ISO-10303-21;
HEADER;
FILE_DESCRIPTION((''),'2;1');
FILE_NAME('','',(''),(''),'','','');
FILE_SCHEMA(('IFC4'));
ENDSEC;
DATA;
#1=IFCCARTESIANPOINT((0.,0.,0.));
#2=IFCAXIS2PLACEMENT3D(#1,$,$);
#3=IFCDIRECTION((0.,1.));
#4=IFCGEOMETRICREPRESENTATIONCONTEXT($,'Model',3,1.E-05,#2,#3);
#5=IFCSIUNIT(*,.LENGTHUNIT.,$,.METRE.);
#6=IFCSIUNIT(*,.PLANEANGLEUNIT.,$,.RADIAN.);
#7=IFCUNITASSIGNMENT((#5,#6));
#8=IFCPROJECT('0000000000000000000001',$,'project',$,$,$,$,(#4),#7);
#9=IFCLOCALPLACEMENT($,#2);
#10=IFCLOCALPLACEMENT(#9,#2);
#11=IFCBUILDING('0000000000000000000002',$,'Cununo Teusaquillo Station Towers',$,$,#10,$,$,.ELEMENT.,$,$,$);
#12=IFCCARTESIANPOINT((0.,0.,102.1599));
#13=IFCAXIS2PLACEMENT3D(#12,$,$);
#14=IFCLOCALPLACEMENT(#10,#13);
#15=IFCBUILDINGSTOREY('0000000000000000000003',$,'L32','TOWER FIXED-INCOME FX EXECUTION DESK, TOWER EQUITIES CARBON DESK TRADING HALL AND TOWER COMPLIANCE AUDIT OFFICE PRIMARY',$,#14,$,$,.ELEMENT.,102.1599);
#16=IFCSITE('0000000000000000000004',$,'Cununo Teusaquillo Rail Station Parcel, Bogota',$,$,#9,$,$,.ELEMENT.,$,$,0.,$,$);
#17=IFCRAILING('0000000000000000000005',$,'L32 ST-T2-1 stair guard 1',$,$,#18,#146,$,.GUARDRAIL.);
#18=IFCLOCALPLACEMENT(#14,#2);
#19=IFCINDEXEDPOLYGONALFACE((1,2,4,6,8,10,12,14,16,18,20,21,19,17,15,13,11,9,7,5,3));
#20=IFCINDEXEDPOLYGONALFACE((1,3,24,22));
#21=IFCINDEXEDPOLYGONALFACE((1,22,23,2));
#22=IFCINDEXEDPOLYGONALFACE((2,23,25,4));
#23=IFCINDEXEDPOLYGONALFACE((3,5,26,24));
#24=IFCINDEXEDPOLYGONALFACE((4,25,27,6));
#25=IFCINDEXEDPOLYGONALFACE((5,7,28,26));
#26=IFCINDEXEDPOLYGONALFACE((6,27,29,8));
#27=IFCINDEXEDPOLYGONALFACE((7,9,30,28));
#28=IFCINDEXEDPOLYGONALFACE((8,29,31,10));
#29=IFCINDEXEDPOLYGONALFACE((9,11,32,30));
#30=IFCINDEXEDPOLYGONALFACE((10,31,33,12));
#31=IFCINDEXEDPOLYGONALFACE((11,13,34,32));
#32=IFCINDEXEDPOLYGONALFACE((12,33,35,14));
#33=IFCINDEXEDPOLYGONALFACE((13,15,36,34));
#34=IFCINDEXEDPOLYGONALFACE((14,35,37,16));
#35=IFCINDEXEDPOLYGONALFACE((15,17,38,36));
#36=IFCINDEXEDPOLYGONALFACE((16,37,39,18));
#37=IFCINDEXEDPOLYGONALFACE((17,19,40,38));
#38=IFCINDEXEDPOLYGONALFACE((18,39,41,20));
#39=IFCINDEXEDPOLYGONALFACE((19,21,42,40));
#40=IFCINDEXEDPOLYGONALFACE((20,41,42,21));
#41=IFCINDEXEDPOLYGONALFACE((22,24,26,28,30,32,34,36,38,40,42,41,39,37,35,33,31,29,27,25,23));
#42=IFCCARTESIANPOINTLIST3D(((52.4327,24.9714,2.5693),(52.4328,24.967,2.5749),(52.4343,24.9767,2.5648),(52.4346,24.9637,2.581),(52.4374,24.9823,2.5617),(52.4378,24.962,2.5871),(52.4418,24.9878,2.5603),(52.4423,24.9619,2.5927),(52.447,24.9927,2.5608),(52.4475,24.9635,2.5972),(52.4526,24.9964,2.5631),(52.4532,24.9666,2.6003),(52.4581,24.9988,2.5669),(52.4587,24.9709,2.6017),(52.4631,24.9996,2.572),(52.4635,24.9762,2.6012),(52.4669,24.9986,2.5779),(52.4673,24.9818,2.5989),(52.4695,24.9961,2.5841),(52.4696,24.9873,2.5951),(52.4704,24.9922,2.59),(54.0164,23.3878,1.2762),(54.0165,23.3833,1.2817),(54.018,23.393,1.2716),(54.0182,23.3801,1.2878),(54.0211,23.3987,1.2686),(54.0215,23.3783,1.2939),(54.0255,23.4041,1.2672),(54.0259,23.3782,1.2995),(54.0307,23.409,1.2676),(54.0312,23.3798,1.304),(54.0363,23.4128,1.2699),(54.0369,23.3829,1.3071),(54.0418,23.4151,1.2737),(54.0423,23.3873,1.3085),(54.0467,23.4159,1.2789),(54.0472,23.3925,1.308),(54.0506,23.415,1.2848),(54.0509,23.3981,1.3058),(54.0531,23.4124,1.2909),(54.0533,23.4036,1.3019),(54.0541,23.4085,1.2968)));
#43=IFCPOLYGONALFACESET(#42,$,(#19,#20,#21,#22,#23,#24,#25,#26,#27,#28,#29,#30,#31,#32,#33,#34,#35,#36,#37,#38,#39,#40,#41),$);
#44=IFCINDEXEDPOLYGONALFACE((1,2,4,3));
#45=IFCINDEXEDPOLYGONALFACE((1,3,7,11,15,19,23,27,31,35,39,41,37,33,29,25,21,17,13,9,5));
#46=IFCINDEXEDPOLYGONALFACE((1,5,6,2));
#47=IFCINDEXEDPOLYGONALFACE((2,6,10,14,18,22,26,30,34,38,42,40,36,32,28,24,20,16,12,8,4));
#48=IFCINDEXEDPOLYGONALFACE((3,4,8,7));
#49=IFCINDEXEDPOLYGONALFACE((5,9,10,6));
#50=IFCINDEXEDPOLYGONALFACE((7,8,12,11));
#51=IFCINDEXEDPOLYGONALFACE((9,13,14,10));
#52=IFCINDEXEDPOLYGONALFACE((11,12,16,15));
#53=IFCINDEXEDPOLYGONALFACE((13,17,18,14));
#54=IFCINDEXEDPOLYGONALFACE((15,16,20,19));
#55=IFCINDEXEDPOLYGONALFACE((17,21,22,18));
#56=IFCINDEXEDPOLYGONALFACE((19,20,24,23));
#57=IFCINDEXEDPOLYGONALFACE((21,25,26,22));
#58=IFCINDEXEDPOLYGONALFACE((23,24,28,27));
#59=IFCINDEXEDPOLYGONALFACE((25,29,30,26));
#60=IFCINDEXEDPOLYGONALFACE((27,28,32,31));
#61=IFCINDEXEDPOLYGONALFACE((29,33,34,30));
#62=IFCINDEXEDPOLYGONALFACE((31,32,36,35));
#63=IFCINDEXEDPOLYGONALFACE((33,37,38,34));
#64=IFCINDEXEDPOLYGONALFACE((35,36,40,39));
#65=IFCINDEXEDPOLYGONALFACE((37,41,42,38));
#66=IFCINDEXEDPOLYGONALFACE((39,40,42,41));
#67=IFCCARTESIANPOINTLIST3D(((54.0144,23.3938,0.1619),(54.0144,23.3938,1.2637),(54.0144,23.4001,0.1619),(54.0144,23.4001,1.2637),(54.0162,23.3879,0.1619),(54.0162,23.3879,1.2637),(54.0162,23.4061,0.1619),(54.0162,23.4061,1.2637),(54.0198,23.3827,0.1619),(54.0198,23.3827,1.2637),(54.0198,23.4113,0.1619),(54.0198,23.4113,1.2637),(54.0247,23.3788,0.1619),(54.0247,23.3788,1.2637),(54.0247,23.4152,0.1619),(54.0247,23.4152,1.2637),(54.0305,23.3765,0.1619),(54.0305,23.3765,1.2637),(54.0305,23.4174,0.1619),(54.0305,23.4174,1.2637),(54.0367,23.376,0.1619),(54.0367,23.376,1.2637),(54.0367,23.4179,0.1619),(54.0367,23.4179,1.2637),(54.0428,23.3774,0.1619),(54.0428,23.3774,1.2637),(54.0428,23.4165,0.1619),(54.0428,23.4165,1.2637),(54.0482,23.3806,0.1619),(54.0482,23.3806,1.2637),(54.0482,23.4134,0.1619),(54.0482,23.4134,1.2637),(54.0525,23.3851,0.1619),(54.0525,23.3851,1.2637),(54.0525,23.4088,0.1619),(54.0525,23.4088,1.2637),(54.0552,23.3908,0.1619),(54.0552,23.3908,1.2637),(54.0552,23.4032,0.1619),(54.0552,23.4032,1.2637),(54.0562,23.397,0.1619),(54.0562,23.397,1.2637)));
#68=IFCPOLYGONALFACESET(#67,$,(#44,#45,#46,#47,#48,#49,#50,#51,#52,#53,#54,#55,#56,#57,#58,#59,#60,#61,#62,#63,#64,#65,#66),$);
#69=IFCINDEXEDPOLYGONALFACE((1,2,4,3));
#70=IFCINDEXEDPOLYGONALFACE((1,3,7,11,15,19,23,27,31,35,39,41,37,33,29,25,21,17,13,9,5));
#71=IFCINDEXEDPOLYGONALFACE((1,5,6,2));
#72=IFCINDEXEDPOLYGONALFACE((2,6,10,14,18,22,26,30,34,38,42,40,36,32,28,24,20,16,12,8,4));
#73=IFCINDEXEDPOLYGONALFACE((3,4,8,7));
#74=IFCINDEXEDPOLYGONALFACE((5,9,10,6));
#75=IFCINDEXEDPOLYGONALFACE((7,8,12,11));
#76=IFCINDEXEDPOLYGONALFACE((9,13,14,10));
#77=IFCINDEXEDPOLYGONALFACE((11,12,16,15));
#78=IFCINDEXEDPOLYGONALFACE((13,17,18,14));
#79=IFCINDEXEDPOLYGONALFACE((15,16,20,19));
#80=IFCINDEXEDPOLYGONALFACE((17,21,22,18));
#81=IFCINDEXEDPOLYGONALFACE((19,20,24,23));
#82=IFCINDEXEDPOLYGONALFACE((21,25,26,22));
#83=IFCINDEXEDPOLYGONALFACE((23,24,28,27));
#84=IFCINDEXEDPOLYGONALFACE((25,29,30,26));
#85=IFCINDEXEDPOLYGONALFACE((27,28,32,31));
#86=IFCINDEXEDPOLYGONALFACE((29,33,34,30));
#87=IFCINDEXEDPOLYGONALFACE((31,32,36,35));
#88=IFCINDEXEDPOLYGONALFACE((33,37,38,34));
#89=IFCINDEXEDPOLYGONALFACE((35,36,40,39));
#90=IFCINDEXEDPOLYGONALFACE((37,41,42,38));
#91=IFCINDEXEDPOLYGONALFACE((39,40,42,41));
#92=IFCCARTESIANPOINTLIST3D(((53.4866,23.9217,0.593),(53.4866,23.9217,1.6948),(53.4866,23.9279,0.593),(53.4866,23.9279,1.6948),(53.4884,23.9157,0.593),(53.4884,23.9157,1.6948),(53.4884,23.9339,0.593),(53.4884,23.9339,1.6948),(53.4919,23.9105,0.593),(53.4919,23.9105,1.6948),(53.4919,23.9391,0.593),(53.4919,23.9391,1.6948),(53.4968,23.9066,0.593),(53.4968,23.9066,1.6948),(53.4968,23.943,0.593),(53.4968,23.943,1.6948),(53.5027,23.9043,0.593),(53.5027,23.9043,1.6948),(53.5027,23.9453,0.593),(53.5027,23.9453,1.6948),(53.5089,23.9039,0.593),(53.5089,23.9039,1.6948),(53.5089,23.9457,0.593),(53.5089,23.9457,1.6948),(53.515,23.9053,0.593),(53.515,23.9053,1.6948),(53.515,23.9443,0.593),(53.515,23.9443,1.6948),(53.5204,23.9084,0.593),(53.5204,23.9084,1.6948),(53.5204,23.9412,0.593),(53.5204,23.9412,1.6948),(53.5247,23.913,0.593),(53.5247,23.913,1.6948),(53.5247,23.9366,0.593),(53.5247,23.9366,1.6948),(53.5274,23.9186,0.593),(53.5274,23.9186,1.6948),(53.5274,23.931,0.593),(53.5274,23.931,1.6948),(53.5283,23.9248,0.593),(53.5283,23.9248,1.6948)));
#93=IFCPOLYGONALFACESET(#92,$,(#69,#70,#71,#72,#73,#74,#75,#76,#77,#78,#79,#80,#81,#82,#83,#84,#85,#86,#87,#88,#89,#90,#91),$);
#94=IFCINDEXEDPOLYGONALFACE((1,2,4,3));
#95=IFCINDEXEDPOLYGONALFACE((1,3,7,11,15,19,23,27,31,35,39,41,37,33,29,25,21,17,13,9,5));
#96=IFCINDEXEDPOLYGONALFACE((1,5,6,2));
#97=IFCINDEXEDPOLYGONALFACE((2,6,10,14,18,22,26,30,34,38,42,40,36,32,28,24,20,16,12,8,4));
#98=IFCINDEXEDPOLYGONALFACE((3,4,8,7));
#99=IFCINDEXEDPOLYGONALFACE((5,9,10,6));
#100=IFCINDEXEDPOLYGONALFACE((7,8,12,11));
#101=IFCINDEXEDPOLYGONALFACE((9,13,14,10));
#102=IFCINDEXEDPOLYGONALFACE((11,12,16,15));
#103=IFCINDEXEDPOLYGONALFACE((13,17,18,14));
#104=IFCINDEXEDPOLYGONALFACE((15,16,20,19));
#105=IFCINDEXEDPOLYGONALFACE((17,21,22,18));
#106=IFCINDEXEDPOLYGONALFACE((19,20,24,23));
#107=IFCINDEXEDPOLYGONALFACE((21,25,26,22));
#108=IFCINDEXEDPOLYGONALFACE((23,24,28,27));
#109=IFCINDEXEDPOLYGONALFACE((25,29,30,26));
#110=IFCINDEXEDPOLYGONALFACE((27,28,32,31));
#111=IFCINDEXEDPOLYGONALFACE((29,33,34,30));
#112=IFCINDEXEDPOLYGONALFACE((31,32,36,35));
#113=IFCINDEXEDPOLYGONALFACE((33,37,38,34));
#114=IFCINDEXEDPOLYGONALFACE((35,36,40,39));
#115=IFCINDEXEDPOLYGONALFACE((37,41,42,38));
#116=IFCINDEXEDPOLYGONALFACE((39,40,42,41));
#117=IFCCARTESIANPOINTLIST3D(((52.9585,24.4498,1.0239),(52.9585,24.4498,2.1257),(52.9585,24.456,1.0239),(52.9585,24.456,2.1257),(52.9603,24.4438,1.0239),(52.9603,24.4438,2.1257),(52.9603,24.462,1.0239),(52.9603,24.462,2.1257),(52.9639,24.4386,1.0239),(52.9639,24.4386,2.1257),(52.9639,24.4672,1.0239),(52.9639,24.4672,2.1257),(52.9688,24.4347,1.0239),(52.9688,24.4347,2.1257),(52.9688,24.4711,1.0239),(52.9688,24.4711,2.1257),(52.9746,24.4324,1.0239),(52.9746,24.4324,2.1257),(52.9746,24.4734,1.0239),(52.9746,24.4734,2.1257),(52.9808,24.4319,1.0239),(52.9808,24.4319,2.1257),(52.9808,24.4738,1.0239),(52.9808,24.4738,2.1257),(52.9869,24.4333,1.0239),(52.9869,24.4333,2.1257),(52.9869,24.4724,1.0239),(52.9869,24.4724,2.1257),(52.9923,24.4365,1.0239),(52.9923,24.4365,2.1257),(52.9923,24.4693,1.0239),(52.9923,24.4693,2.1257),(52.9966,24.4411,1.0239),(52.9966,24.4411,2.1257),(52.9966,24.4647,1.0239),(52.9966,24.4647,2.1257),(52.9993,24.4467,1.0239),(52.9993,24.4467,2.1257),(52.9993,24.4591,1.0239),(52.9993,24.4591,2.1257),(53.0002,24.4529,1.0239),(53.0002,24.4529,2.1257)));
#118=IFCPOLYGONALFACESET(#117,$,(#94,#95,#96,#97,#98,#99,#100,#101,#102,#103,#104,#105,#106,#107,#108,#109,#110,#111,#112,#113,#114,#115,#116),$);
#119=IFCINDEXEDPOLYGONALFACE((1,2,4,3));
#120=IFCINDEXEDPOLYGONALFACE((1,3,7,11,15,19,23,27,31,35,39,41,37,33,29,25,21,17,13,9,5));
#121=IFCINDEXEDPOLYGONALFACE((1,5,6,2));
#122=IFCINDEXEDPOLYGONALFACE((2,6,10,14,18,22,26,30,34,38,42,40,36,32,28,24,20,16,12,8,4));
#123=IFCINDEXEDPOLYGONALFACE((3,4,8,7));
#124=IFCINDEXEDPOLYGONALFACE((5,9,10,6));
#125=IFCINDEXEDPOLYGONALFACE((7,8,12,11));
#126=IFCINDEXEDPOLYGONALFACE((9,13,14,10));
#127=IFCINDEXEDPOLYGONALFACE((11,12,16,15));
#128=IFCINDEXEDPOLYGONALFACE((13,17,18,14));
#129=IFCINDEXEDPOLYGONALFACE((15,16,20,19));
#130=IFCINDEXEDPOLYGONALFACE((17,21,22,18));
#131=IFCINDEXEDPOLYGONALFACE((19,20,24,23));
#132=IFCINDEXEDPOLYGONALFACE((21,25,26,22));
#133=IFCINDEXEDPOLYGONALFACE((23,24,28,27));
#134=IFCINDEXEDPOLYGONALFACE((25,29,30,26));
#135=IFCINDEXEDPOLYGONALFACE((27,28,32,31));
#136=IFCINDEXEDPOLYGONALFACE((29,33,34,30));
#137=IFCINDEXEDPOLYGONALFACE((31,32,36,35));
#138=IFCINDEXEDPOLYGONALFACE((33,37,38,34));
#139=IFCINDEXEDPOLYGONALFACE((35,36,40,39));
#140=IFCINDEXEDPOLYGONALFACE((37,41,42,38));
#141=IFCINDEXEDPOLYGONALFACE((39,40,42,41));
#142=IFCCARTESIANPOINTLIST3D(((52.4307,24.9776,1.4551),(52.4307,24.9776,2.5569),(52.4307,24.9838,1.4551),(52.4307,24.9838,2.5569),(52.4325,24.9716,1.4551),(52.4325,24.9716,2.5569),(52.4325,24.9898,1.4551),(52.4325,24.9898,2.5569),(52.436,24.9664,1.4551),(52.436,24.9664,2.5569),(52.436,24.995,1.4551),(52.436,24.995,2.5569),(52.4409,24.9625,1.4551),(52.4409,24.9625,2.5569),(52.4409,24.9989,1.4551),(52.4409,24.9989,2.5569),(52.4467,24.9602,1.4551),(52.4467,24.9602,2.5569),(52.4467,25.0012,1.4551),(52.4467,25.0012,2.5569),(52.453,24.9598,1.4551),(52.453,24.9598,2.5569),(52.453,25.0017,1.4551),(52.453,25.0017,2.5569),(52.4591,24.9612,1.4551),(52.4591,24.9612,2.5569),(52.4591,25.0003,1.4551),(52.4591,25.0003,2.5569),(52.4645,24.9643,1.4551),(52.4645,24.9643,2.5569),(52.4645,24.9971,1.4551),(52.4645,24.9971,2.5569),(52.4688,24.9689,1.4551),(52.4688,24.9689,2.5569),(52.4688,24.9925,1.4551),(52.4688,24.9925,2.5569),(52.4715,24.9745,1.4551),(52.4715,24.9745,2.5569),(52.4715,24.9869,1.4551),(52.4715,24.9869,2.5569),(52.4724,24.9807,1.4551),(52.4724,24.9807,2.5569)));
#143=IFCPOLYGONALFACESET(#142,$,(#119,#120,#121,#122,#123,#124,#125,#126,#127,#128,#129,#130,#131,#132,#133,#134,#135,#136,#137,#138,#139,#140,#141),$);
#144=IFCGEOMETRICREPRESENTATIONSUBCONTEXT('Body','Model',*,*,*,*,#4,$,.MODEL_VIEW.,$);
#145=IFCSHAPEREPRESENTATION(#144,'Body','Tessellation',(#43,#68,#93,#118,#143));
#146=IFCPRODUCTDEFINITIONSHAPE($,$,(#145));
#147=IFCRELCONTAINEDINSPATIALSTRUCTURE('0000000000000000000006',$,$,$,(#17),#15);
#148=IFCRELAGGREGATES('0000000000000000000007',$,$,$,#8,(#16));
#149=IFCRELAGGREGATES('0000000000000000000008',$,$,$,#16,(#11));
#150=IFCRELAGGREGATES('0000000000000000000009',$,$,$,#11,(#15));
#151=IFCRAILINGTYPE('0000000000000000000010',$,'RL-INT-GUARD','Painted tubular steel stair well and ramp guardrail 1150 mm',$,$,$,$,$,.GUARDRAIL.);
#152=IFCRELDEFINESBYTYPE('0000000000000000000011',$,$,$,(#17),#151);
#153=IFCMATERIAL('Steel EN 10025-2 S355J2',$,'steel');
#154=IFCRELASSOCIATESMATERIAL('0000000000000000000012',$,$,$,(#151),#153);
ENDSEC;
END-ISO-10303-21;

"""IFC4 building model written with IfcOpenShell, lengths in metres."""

from ifc_helpers import new_model, si_unit, direction, frame, origin, origin_2d, place, context, subcontext, project, spatial, circle, extrude, material, type_object, element, save


model = new_model("IFC4")

# Units and contexts
model_context = context("Model", 3, precision=1e-05, world=origin(), true_north=direction((0.0, 1.0)))
body_context = subcontext(model_context, "Body", "Model", "MODEL_VIEW")
ifc_project = project(units=[si_unit("LENGTHUNIT", "METRE"), si_unit("PLANEANGLEUNIT", "RADIAN")], contexts=[model_context])

# Site, building, storey
site_placement = place(None, origin())
site = spatial("IfcSite", under=ifc_project, at=site_placement, Name="Cununo Teusaquillo Rail Station Parcel, Bogota", CompositionType="ELEMENT", RefElevation=0.0)
building_placement = place(site_placement, origin())
building = spatial("IfcBuilding", under=site, at=building_placement, Name="Cununo Teusaquillo Station Towers", CompositionType="ELEMENT")
storey_placement = place(building_placement, frame((0.0, 0.0, 102.1599)))
storey = spatial("IfcBuildingStorey", under=building, at=storey_placement, Name="L32", Description="TOWER FIXED-INCOME FX EXECUTION DESK, TOWER EQUITIES CARBON DESK TRADING HALL AND TOWER COMPLIANCE AUDIT OFFICE PRIMARY", CompositionType="ELEMENT", Elevation=102.1599)

# Railing
ifc_material_1 = material(Name="Steel EN 10025-2 S355J2", Category="steel")
railing_type_1 = type_object("IfcRailingType", Name="RL-INT-GUARD", Description="Painted tubular steel stair well and ramp guardrail 1150 mm", PredefinedType="GUARDRAIL", material=ifc_material_1)
railing_1_placement = place(storey_placement, frame((54.0352, 23.397, 0.1619)))
element("IfcRailing", 1, at=railing_1_placement, inside=storey, type_object=railing_type_1, Name="L32 ST-T2-1 stair guard 1", PredefinedType="GUARDRAIL", context=body_context, shape_type="SweptSolid", body=[
    extrude(circle(Radius=0.0239, at=origin_2d()), frame((0.0, 0.0, 1.126), z_axis=(-0.612361, 0.612361, 0.500027), x_axis=(-0.707107, -0.707107, 0.0)), (0.0, 0.0, 1.0), 2.5862),
    extrude(circle(Radius=0.021, at=origin_2d()), origin(), (0.0, 0.0, 1.0), 1.1018),
    extrude(circle(Radius=0.021, at=origin_2d()), frame((-0.5278, 0.5278, 0.4312)), (0.0, 0.0, 1.0), 1.1018),
    extrude(circle(Radius=0.021, at=origin_2d()), frame((-1.0559, 1.0559, 0.8621)), (0.0, 0.0, 1.0), 1.1018),
    extrude(circle(Radius=0.021, at=origin_2d()), frame((-1.5837, 1.5837, 1.2932)), (0.0, 0.0, 1.0), 1.1018),
])

save(model, "model.ifc")
